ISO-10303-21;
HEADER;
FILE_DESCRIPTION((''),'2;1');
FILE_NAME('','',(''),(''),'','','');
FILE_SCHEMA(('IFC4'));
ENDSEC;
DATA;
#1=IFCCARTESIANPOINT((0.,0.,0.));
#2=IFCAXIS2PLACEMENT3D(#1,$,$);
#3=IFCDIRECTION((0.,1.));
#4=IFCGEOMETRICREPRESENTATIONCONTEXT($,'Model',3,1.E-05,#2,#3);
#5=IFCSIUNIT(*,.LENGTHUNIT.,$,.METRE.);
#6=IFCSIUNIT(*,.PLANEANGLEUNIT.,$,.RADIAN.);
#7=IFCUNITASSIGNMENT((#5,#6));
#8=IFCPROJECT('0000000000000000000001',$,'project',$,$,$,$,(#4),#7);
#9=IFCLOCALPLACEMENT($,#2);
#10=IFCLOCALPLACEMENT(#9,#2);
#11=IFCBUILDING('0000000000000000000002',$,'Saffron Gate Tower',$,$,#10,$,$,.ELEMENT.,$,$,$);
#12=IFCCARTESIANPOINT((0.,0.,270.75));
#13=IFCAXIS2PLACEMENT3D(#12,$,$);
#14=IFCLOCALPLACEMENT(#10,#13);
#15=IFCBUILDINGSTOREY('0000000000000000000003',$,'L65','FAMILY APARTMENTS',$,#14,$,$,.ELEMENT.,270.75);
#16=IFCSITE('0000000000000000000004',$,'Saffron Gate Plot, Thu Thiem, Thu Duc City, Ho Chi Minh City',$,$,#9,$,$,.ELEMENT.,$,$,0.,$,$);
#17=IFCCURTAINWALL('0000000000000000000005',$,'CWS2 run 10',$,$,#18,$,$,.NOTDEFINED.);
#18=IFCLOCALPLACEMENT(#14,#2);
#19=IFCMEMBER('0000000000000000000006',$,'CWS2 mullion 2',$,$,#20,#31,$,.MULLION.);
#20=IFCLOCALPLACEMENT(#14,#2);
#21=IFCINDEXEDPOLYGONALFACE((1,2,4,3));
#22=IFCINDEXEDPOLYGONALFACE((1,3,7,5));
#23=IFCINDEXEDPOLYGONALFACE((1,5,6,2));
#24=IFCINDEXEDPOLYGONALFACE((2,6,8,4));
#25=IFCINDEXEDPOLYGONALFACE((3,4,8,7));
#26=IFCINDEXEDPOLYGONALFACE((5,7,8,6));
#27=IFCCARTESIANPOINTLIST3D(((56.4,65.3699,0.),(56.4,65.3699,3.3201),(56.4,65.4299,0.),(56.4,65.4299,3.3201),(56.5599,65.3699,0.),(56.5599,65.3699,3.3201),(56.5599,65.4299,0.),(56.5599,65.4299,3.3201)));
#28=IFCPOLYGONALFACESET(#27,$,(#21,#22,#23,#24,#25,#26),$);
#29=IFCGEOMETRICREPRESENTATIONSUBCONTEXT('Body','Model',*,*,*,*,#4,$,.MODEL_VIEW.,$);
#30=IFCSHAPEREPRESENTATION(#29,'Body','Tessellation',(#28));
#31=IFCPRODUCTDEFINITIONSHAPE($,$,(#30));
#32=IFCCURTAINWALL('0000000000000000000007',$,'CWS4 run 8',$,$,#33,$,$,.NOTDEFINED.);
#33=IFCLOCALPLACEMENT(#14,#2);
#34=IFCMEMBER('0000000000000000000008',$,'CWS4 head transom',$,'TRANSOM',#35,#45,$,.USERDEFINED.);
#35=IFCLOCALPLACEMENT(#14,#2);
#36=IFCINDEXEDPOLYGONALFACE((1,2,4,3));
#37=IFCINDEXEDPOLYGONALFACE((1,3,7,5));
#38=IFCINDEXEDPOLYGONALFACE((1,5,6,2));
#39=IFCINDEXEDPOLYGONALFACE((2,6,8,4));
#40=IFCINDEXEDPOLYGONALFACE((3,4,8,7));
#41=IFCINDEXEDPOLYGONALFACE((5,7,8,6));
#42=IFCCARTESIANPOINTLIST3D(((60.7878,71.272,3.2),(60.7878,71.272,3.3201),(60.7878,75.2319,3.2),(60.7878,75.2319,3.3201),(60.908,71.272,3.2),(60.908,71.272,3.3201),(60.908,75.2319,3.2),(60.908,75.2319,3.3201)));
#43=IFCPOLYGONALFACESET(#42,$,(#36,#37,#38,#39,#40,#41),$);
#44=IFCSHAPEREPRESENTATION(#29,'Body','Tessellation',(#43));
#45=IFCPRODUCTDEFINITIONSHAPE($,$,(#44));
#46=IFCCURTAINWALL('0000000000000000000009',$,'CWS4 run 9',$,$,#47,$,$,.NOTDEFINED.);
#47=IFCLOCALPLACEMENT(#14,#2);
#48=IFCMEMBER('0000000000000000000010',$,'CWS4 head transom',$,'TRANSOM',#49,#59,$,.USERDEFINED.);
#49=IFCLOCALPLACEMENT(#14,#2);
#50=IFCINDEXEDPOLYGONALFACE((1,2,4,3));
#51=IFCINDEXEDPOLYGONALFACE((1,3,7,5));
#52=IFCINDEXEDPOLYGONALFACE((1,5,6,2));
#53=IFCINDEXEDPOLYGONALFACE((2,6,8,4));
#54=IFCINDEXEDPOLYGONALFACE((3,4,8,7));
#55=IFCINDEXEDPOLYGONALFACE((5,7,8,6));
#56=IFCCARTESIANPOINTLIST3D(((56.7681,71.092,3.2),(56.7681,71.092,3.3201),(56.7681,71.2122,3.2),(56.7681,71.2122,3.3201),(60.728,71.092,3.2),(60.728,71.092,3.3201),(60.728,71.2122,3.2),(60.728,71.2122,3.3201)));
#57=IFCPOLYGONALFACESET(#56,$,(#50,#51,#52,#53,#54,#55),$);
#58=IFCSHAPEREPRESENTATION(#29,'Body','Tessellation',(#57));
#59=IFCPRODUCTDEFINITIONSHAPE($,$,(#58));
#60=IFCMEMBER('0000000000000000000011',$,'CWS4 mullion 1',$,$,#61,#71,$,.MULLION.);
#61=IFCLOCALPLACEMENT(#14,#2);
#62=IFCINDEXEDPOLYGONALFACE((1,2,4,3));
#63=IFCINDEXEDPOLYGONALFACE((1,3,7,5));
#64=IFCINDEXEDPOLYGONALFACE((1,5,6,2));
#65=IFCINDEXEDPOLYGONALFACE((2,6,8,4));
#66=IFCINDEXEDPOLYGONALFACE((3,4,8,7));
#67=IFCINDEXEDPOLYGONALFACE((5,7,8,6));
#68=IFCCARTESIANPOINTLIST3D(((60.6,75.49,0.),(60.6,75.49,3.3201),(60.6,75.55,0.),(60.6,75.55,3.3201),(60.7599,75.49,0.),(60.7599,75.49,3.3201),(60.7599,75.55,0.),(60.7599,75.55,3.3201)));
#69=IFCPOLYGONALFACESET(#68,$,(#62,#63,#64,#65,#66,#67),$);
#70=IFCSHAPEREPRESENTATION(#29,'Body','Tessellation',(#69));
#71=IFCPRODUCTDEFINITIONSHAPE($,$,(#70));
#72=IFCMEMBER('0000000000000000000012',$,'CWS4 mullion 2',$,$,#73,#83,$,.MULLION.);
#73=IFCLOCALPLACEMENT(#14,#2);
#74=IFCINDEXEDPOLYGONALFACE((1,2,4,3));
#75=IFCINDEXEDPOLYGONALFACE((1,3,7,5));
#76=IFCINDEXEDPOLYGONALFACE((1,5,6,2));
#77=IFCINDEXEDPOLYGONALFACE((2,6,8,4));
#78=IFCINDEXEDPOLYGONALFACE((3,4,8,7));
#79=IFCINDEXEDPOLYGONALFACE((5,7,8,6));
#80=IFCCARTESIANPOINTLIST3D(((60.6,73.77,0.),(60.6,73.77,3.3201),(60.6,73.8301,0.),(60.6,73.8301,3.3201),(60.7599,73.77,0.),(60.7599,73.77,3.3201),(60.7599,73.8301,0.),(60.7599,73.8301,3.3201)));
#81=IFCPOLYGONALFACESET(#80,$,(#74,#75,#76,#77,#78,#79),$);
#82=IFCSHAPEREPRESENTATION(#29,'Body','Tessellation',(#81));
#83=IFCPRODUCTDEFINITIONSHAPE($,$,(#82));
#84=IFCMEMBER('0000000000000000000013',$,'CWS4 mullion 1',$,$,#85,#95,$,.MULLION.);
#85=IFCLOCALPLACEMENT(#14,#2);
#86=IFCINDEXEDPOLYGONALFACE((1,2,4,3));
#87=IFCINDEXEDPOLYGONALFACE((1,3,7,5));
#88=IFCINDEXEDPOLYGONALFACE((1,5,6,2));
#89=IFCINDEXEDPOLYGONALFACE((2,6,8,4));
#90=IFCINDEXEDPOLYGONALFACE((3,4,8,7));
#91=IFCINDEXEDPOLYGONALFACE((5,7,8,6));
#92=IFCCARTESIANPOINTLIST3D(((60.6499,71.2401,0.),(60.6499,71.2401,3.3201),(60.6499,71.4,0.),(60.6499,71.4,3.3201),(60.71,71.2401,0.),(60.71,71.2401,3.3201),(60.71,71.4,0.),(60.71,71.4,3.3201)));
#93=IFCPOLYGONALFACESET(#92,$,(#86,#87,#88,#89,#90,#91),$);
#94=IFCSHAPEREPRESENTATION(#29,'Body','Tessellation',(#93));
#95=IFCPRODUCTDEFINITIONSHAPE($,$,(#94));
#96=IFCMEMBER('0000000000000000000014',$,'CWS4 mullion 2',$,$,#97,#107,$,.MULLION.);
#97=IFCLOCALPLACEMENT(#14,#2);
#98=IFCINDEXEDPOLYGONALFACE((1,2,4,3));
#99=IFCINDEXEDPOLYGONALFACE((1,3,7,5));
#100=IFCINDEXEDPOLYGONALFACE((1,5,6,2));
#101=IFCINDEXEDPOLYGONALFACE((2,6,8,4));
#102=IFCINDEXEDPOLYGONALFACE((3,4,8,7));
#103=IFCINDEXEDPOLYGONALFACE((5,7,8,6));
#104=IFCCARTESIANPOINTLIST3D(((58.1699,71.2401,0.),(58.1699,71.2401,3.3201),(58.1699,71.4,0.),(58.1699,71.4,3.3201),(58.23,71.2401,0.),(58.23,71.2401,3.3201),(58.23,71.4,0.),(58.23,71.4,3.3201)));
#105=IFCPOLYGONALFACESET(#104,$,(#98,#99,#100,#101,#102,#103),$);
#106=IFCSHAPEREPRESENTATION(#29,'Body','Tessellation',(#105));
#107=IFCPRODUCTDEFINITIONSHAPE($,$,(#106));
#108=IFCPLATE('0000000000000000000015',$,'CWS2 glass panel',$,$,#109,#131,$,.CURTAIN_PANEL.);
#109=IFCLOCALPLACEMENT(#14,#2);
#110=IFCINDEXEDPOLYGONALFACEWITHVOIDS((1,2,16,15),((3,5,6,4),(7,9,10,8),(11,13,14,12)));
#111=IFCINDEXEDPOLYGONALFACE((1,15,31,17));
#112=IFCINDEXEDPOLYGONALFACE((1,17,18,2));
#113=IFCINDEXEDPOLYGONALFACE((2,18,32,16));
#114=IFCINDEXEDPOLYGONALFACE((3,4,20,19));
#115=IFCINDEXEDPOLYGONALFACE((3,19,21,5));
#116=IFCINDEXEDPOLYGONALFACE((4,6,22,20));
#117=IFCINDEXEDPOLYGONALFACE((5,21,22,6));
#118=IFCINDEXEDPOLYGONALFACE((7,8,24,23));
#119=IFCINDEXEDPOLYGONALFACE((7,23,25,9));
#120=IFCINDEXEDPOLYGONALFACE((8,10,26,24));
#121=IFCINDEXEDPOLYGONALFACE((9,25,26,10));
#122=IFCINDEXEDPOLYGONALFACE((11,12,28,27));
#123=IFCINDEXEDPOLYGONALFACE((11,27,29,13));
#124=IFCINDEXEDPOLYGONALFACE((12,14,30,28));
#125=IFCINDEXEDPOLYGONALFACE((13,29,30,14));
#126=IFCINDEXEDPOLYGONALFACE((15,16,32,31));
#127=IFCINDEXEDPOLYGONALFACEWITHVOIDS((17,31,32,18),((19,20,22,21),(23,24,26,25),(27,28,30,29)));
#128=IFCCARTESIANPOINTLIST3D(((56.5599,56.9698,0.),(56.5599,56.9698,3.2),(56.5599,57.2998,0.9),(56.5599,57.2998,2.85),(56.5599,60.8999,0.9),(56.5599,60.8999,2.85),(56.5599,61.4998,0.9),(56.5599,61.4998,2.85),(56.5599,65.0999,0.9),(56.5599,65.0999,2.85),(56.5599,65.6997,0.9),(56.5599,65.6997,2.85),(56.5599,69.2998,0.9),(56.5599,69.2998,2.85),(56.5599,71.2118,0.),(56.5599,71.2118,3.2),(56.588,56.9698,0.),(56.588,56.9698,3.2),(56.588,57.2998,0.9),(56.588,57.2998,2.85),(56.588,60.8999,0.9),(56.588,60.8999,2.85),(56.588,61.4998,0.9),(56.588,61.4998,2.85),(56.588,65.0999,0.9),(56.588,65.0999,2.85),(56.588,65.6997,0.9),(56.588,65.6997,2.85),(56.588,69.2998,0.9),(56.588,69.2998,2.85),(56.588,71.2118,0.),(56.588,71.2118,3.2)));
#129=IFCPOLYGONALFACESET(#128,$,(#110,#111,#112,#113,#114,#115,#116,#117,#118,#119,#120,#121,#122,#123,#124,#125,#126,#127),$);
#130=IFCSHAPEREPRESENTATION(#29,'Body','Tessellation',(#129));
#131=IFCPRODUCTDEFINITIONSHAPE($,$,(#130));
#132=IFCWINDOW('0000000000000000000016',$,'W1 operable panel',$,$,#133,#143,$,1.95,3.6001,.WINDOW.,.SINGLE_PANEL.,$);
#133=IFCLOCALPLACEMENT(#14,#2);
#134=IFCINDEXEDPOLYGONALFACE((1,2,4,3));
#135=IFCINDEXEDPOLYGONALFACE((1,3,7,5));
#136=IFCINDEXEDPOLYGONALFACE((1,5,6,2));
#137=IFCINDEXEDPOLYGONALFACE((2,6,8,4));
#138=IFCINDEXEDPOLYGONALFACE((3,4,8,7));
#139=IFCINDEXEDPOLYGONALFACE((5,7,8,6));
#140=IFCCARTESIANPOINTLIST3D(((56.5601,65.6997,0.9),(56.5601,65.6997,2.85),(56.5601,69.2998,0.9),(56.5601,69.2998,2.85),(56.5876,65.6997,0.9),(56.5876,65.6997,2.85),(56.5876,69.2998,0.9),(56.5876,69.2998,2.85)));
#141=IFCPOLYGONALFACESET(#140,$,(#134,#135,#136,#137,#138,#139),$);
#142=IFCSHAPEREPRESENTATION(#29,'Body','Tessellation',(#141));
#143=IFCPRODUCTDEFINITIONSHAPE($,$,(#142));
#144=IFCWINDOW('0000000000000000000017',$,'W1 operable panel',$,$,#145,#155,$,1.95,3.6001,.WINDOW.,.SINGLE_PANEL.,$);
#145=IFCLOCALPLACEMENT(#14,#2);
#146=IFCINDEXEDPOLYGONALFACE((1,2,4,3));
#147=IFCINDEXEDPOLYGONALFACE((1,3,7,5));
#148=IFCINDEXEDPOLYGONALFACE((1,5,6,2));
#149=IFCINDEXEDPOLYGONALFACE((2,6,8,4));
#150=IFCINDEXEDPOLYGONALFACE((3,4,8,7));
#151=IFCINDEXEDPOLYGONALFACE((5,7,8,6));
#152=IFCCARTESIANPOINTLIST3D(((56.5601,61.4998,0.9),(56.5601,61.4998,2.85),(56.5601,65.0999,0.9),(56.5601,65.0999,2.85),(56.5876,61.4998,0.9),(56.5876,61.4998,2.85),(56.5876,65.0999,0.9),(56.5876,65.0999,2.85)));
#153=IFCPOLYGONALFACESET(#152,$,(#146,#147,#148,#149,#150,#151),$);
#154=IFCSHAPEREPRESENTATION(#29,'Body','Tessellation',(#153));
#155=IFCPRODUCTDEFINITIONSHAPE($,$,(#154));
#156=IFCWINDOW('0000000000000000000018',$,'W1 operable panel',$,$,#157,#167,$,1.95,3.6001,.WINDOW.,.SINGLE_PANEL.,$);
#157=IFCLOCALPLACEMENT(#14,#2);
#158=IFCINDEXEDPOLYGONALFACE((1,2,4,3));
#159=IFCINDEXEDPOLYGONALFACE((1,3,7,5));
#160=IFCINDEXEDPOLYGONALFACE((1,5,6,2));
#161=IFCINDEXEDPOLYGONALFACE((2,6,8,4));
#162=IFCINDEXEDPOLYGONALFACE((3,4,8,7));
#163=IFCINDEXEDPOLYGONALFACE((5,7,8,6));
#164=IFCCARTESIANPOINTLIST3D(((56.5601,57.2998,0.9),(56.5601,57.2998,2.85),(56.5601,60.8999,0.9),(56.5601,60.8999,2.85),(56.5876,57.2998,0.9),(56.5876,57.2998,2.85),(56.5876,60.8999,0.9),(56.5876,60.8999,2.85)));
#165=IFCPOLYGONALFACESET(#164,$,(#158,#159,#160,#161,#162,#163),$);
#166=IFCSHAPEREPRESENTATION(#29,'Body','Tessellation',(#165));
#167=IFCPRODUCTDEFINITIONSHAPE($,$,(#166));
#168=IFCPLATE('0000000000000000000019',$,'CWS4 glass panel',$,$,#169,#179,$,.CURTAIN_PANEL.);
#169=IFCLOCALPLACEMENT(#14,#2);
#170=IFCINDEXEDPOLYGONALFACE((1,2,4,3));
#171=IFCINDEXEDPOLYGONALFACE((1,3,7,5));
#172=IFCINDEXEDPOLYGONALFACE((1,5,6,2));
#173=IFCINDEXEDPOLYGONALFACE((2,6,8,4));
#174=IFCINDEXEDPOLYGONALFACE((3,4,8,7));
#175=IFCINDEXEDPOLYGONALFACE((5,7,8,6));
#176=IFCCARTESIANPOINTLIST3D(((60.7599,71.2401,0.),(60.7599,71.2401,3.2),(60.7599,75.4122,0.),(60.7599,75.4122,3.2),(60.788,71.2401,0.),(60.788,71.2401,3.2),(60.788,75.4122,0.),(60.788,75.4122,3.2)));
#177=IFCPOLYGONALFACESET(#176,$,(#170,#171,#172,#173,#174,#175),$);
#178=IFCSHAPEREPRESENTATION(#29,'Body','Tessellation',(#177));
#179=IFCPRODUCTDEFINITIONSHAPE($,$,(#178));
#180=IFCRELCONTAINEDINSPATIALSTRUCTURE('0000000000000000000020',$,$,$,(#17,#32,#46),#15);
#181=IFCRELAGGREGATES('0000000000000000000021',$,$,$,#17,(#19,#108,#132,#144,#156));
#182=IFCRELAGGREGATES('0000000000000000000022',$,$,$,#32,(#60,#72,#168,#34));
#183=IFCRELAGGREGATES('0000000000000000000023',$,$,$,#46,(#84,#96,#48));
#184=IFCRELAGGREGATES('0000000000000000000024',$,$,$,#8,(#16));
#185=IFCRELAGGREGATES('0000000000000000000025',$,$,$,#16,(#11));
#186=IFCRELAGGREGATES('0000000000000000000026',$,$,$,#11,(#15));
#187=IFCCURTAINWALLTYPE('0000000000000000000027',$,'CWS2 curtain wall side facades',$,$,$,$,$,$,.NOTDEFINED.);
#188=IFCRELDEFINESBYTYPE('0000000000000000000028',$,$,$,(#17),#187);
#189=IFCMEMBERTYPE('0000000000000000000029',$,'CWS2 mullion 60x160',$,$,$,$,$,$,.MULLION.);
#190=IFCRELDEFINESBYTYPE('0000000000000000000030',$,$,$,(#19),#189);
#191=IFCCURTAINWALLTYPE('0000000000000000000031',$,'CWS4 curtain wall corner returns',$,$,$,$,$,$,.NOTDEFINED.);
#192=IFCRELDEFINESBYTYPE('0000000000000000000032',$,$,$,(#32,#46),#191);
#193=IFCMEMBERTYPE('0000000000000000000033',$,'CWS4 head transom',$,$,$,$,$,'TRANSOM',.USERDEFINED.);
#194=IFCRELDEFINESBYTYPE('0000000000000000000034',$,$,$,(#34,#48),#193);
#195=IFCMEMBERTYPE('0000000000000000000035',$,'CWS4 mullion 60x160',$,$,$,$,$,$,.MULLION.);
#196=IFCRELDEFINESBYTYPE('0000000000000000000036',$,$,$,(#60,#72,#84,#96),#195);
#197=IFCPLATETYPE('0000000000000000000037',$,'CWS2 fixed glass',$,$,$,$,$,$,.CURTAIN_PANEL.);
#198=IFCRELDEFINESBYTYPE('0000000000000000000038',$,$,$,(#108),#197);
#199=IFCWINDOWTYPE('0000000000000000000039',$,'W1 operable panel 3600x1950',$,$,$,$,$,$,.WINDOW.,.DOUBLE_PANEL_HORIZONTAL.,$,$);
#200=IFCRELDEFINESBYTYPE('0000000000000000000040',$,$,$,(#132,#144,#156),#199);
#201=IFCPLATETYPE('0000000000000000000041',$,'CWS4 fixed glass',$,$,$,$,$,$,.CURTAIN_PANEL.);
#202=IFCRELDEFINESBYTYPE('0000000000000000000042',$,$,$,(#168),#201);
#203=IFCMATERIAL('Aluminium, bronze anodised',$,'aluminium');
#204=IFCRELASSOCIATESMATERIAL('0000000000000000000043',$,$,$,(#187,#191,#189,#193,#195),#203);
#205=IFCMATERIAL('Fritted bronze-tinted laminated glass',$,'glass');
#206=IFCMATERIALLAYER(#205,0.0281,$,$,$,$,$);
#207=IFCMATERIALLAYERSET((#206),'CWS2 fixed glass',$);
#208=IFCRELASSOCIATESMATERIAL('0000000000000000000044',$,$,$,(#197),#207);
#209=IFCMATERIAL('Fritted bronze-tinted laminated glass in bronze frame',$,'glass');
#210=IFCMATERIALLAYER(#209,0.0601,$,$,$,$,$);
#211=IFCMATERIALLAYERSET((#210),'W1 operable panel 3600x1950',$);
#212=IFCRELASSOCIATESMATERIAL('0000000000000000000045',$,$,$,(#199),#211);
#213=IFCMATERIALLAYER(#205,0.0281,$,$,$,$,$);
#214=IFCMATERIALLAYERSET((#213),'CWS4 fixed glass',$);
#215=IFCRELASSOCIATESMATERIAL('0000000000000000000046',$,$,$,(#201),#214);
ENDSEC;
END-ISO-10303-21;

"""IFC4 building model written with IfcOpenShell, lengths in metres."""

from ifc_helpers import new_model, si_unit, direction, frame, frame_2d, origin, origin_2d, place, context, subcontext, project, spatial, rectangle, extrude, material, layer, layer_set, material_profile, profile_set, type_object, element, fill, aggregate, save


model = new_model("IFC4")

# Units and contexts
model_context = context("Model", 3, precision=1e-05, world=origin(), true_north=direction((0.0, 1.0)))
body_context = subcontext(model_context, "Body", "Model", "MODEL_VIEW")
ifc_project = project(units=[si_unit("LENGTHUNIT", "METRE"), si_unit("PLANEANGLEUNIT", "RADIAN")], contexts=[model_context])

# Site, building, storey
site_placement = place(None, origin())
site = spatial("IfcSite", under=ifc_project, at=site_placement, Name="Saffron Gate Plot, Thu Thiem, Thu Duc City, Ho Chi Minh City", CompositionType="ELEMENT", RefElevation=0.0)
building_placement = place(site_placement, origin())
building = spatial("IfcBuilding", under=site, at=building_placement, Name="Saffron Gate Tower", CompositionType="ELEMENT")
storey_placement = place(building_placement, frame((0.0, 0.0, 270.75)))
storey = spatial("IfcBuildingStorey", under=building, at=storey_placement, Name="L65", Description="FAMILY APARTMENTS", CompositionType="ELEMENT", Elevation=270.75)

# Curtain wall, member
ifc_material_1 = material(Name="Aluminium, bronze anodised", Category="aluminium")
curtain_wall_type_1 = type_object("IfcCurtainWallType", Name="CWS2 curtain wall side facades", PredefinedType="NOTDEFINED", material=ifc_material_1)
curtain_wall_1_placement = place(storey_placement, origin())
curtain_wall_1 = element("IfcCurtainWall", 1, at=curtain_wall_1_placement, inside=storey, type_object=curtain_wall_type_1, Name="CWS2 run 10", PredefinedType="NOTDEFINED")
ifc_material_profile_1 = material_profile(ifc_material_1, rectangle(XDim=0.1599, YDim=0.0601, at=origin_2d()))
ifc_profile_set_1 = profile_set([ifc_material_profile_1], Name="Aluminium, bronze anodised")
member_type_1 = type_object("IfcMemberType", Name="CWS2 mullion 60x160", PredefinedType="MULLION", material=ifc_profile_set_1)
member_1_placement = place(storey_placement, frame((56.48, 65.3999, 0.0), z_axis=(0.0, 0.0, 1.0), x_axis=(1.0, 0.0, 0.0)))
member_1 = element("IfcMember", 2, at=member_1_placement, type_object=member_type_1, Name="CWS2 mullion 2", PredefinedType="MULLION", context=body_context, shape_type="SweptSolid", body=[
    extrude(rectangle(XDim=0.1599, YDim=0.0601, at=origin_2d()), origin(), (0.0, 0.0, 1.0), 3.3201),
])

# Curtain walls, members
curtain_wall_type_2 = type_object("IfcCurtainWallType", Name="CWS4 curtain wall corner returns", PredefinedType="NOTDEFINED", material=ifc_material_1)
curtain_wall_2_placement = place(storey_placement, origin())
curtain_wall_2 = element("IfcCurtainWall", 3, at=curtain_wall_2_placement, inside=storey, type_object=curtain_wall_type_2, Name="CWS4 run 8", PredefinedType="NOTDEFINED")
ifc_material_profile_2 = material_profile(ifc_material_1, rectangle(XDim=0.1201, YDim=0.1201, at=origin_2d()))
ifc_profile_set_2 = profile_set([ifc_material_profile_2], Name="Aluminium, bronze anodised")
member_type_2 = type_object("IfcMemberType", Name="CWS4 head transom", ElementType="TRANSOM", PredefinedType="USERDEFINED", material=ifc_profile_set_2)
member_2_placement = place(storey_placement, frame((60.8479, 75.2319, 3.26), z_axis=(0.0, -1.0, 0.0), x_axis=(1.0, 0.0, 0.0)))
member_2 = element("IfcMember", 4, at=member_2_placement, type_object=member_type_2, Name="CWS4 head transom", ObjectType="TRANSOM", PredefinedType="USERDEFINED", context=body_context, shape_type="SweptSolid", body=[
    extrude(rectangle(XDim=0.1201, YDim=0.1201, at=origin_2d()), origin(), (0.0, 0.0, 1.0), 3.96),
])
curtain_wall_3_placement = place(storey_placement, origin())
curtain_wall_3 = element("IfcCurtainWall", 5, at=curtain_wall_3_placement, inside=storey, type_object=curtain_wall_type_2, Name="CWS4 run 9", PredefinedType="NOTDEFINED")
member_3_placement = place(storey_placement, frame((60.728, 71.1521, 3.26), z_axis=(-1.0, 0.0, 0.0), x_axis=(0.0, -1.0, 0.0)))
member_3 = element("IfcMember", 6, at=member_3_placement, type_object=member_type_2, Name="CWS4 head transom", ObjectType="TRANSOM", PredefinedType="USERDEFINED", context=body_context, shape_type="SweptSolid", body=[
    extrude(rectangle(XDim=0.1201, YDim=0.1201, at=origin_2d()), origin(), (0.0, 0.0, 1.0), 3.96),
])

# Members
ifc_material_profile_3 = material_profile(ifc_material_1, rectangle(XDim=0.1599, YDim=0.0601, at=origin_2d()))
ifc_profile_set_3 = profile_set([ifc_material_profile_3], Name="Aluminium, bronze anodised")
member_type_3 = type_object("IfcMemberType", Name="CWS4 mullion 60x160", PredefinedType="MULLION", material=ifc_profile_set_3)
member_4_placement = place(storey_placement, frame((60.6799, 75.52, 0.0), z_axis=(0.0, 0.0, 1.0), x_axis=(1.0, 0.0, 0.0)))
member_4 = element("IfcMember", 7, at=member_4_placement, type_object=member_type_3, Name="CWS4 mullion 1", PredefinedType="MULLION", context=body_context, shape_type="SweptSolid", body=[
    extrude(rectangle(XDim=0.1599, YDim=0.0601, at=origin_2d()), origin(), (0.0, 0.0, 1.0), 3.3201),
])
member_5_placement = place(storey_placement, frame((60.6799, 73.8, 0.0), z_axis=(0.0, 0.0, 1.0), x_axis=(1.0, 0.0, 0.0)))
member_5 = element("IfcMember", 8, at=member_5_placement, type_object=member_type_3, Name="CWS4 mullion 2", PredefinedType="MULLION", context=body_context, shape_type="SweptSolid", body=[
    extrude(rectangle(XDim=0.1599, YDim=0.0601, at=origin_2d()), origin(), (0.0, 0.0, 1.0), 3.3201),
])
member_6_placement = place(storey_placement, frame((60.6799, 71.3201, 0.0), z_axis=(0.0, 0.0, 1.0), x_axis=(0.0, -1.0, 0.0)))
member_6 = element("IfcMember", 9, at=member_6_placement, type_object=member_type_3, Name="CWS4 mullion 1", PredefinedType="MULLION", context=body_context, shape_type="SweptSolid", body=[
    extrude(rectangle(XDim=0.1599, YDim=0.0601, at=origin_2d()), origin(), (0.0, 0.0, 1.0), 3.3201),
])
member_7_placement = place(storey_placement, frame((58.2, 71.3201, 0.0), z_axis=(0.0, 0.0, 1.0), x_axis=(0.0, -1.0, 0.0)))
member_7 = element("IfcMember", 10, at=member_7_placement, type_object=member_type_3, Name="CWS4 mullion 2", PredefinedType="MULLION", context=body_context, shape_type="SweptSolid", body=[
    extrude(rectangle(XDim=0.1599, YDim=0.0601, at=origin_2d()), origin(), (0.0, 0.0, 1.0), 3.3201),
])

# Plate, openings, windows
ifc_material_2 = material(Name="Fritted bronze-tinted laminated glass", Category="glass")
ifc_layer_1 = layer(ifc_material_2, 0.0281)
ifc_layer_set_1 = layer_set([ifc_layer_1], Name="CWS2 fixed glass")
plate_type_1 = type_object("IfcPlateType", Name="CWS2 fixed glass", PredefinedType="CURTAIN_PANEL", material=ifc_layer_set_1)
plate_1_placement = place(storey_placement, frame((56.574, 71.2119, 0.0), z_axis=(0.0, 0.0, 1.0), x_axis=(0.0, -1.0, 0.0)))
plate_1 = element("IfcPlate", 11, at=plate_1_placement, type_object=plate_type_1, Name="CWS2 glass panel", PredefinedType="CURTAIN_PANEL", context=body_context, shape_type="SweptSolid", body=[
    extrude(rectangle(XDim=14.2419, YDim=0.0281, at=frame_2d((7.1211, 0.0))), origin(), (0.0, 0.0, 1.0), 3.2),
])
opening_1_placement = place(plate_1_placement, frame((1.9121, 0.0, 0.8999)))
opening_1 = element("IfcOpeningElement", 12, at=opening_1_placement, cuts=plate_1, PredefinedType="OPENING", context=body_context, shape_type="SweptSolid", body=[
    extrude(rectangle(XDim=3.6001, YDim=1.95, at=frame_2d((1.8, 0.9751))), frame((0.0, 0.0239, 0.0), z_axis=(0.0, -1.0, 0.0), x_axis=(1.0, 0.0, 0.0)), (0.0, 0.0, 1.0), 0.0481),
])
opening_2_placement = place(plate_1_placement, frame((6.1121, 0.0, 0.8999)))
opening_2 = element("IfcOpeningElement", 13, at=opening_2_placement, cuts=plate_1, PredefinedType="OPENING", context=body_context, shape_type="SweptSolid", body=[
    extrude(rectangle(XDim=3.6001, YDim=1.95, at=frame_2d((1.8, 0.9751))), frame((0.0, 0.0239, 0.0), z_axis=(0.0, -1.0, 0.0), x_axis=(1.0, 0.0, 0.0)), (0.0, 0.0, 1.0), 0.0481),
])
opening_3_placement = place(plate_1_placement, frame((10.312, 0.0, 0.8999)))
opening_3 = element("IfcOpeningElement", 14, at=opening_3_placement, cuts=plate_1, PredefinedType="OPENING", context=body_context, shape_type="SweptSolid", body=[
    extrude(rectangle(XDim=3.6001, YDim=1.95, at=frame_2d((1.8, 0.9751))), frame((0.0, 0.0239, 0.0), z_axis=(0.0, -1.0, 0.0), x_axis=(1.0, 0.0, 0.0)), (0.0, 0.0, 1.0), 0.0481),
])
ifc_material_3 = material(Name="Fritted bronze-tinted laminated glass in bronze frame", Category="glass")
ifc_layer_2 = layer(ifc_material_3, 0.0601)
ifc_layer_set_2 = layer_set([ifc_layer_2], Name="W1 operable panel 3600x1950")
window_type = type_object("IfcWindowType", Name="W1 operable panel 3600x1950", PartitioningType="DOUBLE_PANEL_HORIZONTAL", PredefinedType="WINDOW", material=ifc_layer_set_2)
window_1_placement = place(opening_1_placement, origin())
window_1 = element("IfcWindow", 15, at=window_1_placement, type_object=window_type, Name="W1 operable panel", OverallHeight=1.95, OverallWidth=3.6001, PartitioningType="SINGLE_PANEL", PredefinedType="WINDOW", context=body_context, shape_type="SweptSolid", body=[
    extrude(rectangle(XDim=3.6001, YDim=1.95, at=frame_2d((1.8, 0.9751))), frame((0.0, 0.0137, 0.0), z_axis=(0.0, -1.0, 0.0), x_axis=(1.0, 0.0, 0.0)), (0.0, 0.0, 1.0), 0.0276),
])
fill(opening_1, window_1)
window_2_placement = place(opening_2_placement, origin())
window_2 = element("IfcWindow", 16, at=window_2_placement, type_object=window_type, Name="W1 operable panel", OverallHeight=1.95, OverallWidth=3.6001, PartitioningType="SINGLE_PANEL", PredefinedType="WINDOW", context=body_context, shape_type="SweptSolid", body=[
    extrude(rectangle(XDim=3.6001, YDim=1.95, at=frame_2d((1.8, 0.9751))), frame((0.0, 0.0137, 0.0), z_axis=(0.0, -1.0, 0.0), x_axis=(1.0, 0.0, 0.0)), (0.0, 0.0, 1.0), 0.0276),
])
fill(opening_2, window_2)
window_3_placement = place(opening_3_placement, origin())
window_3 = element("IfcWindow", 17, at=window_3_placement, type_object=window_type, Name="W1 operable panel", OverallHeight=1.95, OverallWidth=3.6001, PartitioningType="SINGLE_PANEL", PredefinedType="WINDOW", context=body_context, shape_type="SweptSolid", body=[
    extrude(rectangle(XDim=3.6001, YDim=1.95, at=frame_2d((1.8, 0.9751))), frame((0.0, 0.0137, 0.0), z_axis=(0.0, -1.0, 0.0), x_axis=(1.0, 0.0, 0.0)), (0.0, 0.0, 1.0), 0.0276),
])
fill(opening_3, window_3)
aggregate(curtain_wall_1, [member_1, plate_1, window_1, window_2, window_3])

# Plate
ifc_layer_3 = layer(ifc_material_2, 0.0281)
ifc_layer_set_3 = layer_set([ifc_layer_3], Name="CWS4 fixed glass")
plate_type_2 = type_object("IfcPlateType", Name="CWS4 fixed glass", PredefinedType="CURTAIN_PANEL", material=ifc_layer_set_3)
plate_2_placement = place(storey_placement, frame((60.7739, 75.4121, 0.0), z_axis=(0.0, 0.0, 1.0), x_axis=(0.0, -1.0, 0.0)))
plate_2 = element("IfcPlate", 18, at=plate_2_placement, type_object=plate_type_2, Name="CWS4 glass panel", PredefinedType="CURTAIN_PANEL", context=body_context, shape_type="SweptSolid", body=[
    extrude(rectangle(XDim=4.1721, YDim=0.0281, at=frame_2d((2.0859, 0.0))), origin(), (0.0, 0.0, 1.0), 3.2),
])
aggregate(curtain_wall_2, [member_4, member_5, plate_2, member_2])
aggregate(curtain_wall_3, [member_6, member_7, member_3])

save(model, "model.ifc")
